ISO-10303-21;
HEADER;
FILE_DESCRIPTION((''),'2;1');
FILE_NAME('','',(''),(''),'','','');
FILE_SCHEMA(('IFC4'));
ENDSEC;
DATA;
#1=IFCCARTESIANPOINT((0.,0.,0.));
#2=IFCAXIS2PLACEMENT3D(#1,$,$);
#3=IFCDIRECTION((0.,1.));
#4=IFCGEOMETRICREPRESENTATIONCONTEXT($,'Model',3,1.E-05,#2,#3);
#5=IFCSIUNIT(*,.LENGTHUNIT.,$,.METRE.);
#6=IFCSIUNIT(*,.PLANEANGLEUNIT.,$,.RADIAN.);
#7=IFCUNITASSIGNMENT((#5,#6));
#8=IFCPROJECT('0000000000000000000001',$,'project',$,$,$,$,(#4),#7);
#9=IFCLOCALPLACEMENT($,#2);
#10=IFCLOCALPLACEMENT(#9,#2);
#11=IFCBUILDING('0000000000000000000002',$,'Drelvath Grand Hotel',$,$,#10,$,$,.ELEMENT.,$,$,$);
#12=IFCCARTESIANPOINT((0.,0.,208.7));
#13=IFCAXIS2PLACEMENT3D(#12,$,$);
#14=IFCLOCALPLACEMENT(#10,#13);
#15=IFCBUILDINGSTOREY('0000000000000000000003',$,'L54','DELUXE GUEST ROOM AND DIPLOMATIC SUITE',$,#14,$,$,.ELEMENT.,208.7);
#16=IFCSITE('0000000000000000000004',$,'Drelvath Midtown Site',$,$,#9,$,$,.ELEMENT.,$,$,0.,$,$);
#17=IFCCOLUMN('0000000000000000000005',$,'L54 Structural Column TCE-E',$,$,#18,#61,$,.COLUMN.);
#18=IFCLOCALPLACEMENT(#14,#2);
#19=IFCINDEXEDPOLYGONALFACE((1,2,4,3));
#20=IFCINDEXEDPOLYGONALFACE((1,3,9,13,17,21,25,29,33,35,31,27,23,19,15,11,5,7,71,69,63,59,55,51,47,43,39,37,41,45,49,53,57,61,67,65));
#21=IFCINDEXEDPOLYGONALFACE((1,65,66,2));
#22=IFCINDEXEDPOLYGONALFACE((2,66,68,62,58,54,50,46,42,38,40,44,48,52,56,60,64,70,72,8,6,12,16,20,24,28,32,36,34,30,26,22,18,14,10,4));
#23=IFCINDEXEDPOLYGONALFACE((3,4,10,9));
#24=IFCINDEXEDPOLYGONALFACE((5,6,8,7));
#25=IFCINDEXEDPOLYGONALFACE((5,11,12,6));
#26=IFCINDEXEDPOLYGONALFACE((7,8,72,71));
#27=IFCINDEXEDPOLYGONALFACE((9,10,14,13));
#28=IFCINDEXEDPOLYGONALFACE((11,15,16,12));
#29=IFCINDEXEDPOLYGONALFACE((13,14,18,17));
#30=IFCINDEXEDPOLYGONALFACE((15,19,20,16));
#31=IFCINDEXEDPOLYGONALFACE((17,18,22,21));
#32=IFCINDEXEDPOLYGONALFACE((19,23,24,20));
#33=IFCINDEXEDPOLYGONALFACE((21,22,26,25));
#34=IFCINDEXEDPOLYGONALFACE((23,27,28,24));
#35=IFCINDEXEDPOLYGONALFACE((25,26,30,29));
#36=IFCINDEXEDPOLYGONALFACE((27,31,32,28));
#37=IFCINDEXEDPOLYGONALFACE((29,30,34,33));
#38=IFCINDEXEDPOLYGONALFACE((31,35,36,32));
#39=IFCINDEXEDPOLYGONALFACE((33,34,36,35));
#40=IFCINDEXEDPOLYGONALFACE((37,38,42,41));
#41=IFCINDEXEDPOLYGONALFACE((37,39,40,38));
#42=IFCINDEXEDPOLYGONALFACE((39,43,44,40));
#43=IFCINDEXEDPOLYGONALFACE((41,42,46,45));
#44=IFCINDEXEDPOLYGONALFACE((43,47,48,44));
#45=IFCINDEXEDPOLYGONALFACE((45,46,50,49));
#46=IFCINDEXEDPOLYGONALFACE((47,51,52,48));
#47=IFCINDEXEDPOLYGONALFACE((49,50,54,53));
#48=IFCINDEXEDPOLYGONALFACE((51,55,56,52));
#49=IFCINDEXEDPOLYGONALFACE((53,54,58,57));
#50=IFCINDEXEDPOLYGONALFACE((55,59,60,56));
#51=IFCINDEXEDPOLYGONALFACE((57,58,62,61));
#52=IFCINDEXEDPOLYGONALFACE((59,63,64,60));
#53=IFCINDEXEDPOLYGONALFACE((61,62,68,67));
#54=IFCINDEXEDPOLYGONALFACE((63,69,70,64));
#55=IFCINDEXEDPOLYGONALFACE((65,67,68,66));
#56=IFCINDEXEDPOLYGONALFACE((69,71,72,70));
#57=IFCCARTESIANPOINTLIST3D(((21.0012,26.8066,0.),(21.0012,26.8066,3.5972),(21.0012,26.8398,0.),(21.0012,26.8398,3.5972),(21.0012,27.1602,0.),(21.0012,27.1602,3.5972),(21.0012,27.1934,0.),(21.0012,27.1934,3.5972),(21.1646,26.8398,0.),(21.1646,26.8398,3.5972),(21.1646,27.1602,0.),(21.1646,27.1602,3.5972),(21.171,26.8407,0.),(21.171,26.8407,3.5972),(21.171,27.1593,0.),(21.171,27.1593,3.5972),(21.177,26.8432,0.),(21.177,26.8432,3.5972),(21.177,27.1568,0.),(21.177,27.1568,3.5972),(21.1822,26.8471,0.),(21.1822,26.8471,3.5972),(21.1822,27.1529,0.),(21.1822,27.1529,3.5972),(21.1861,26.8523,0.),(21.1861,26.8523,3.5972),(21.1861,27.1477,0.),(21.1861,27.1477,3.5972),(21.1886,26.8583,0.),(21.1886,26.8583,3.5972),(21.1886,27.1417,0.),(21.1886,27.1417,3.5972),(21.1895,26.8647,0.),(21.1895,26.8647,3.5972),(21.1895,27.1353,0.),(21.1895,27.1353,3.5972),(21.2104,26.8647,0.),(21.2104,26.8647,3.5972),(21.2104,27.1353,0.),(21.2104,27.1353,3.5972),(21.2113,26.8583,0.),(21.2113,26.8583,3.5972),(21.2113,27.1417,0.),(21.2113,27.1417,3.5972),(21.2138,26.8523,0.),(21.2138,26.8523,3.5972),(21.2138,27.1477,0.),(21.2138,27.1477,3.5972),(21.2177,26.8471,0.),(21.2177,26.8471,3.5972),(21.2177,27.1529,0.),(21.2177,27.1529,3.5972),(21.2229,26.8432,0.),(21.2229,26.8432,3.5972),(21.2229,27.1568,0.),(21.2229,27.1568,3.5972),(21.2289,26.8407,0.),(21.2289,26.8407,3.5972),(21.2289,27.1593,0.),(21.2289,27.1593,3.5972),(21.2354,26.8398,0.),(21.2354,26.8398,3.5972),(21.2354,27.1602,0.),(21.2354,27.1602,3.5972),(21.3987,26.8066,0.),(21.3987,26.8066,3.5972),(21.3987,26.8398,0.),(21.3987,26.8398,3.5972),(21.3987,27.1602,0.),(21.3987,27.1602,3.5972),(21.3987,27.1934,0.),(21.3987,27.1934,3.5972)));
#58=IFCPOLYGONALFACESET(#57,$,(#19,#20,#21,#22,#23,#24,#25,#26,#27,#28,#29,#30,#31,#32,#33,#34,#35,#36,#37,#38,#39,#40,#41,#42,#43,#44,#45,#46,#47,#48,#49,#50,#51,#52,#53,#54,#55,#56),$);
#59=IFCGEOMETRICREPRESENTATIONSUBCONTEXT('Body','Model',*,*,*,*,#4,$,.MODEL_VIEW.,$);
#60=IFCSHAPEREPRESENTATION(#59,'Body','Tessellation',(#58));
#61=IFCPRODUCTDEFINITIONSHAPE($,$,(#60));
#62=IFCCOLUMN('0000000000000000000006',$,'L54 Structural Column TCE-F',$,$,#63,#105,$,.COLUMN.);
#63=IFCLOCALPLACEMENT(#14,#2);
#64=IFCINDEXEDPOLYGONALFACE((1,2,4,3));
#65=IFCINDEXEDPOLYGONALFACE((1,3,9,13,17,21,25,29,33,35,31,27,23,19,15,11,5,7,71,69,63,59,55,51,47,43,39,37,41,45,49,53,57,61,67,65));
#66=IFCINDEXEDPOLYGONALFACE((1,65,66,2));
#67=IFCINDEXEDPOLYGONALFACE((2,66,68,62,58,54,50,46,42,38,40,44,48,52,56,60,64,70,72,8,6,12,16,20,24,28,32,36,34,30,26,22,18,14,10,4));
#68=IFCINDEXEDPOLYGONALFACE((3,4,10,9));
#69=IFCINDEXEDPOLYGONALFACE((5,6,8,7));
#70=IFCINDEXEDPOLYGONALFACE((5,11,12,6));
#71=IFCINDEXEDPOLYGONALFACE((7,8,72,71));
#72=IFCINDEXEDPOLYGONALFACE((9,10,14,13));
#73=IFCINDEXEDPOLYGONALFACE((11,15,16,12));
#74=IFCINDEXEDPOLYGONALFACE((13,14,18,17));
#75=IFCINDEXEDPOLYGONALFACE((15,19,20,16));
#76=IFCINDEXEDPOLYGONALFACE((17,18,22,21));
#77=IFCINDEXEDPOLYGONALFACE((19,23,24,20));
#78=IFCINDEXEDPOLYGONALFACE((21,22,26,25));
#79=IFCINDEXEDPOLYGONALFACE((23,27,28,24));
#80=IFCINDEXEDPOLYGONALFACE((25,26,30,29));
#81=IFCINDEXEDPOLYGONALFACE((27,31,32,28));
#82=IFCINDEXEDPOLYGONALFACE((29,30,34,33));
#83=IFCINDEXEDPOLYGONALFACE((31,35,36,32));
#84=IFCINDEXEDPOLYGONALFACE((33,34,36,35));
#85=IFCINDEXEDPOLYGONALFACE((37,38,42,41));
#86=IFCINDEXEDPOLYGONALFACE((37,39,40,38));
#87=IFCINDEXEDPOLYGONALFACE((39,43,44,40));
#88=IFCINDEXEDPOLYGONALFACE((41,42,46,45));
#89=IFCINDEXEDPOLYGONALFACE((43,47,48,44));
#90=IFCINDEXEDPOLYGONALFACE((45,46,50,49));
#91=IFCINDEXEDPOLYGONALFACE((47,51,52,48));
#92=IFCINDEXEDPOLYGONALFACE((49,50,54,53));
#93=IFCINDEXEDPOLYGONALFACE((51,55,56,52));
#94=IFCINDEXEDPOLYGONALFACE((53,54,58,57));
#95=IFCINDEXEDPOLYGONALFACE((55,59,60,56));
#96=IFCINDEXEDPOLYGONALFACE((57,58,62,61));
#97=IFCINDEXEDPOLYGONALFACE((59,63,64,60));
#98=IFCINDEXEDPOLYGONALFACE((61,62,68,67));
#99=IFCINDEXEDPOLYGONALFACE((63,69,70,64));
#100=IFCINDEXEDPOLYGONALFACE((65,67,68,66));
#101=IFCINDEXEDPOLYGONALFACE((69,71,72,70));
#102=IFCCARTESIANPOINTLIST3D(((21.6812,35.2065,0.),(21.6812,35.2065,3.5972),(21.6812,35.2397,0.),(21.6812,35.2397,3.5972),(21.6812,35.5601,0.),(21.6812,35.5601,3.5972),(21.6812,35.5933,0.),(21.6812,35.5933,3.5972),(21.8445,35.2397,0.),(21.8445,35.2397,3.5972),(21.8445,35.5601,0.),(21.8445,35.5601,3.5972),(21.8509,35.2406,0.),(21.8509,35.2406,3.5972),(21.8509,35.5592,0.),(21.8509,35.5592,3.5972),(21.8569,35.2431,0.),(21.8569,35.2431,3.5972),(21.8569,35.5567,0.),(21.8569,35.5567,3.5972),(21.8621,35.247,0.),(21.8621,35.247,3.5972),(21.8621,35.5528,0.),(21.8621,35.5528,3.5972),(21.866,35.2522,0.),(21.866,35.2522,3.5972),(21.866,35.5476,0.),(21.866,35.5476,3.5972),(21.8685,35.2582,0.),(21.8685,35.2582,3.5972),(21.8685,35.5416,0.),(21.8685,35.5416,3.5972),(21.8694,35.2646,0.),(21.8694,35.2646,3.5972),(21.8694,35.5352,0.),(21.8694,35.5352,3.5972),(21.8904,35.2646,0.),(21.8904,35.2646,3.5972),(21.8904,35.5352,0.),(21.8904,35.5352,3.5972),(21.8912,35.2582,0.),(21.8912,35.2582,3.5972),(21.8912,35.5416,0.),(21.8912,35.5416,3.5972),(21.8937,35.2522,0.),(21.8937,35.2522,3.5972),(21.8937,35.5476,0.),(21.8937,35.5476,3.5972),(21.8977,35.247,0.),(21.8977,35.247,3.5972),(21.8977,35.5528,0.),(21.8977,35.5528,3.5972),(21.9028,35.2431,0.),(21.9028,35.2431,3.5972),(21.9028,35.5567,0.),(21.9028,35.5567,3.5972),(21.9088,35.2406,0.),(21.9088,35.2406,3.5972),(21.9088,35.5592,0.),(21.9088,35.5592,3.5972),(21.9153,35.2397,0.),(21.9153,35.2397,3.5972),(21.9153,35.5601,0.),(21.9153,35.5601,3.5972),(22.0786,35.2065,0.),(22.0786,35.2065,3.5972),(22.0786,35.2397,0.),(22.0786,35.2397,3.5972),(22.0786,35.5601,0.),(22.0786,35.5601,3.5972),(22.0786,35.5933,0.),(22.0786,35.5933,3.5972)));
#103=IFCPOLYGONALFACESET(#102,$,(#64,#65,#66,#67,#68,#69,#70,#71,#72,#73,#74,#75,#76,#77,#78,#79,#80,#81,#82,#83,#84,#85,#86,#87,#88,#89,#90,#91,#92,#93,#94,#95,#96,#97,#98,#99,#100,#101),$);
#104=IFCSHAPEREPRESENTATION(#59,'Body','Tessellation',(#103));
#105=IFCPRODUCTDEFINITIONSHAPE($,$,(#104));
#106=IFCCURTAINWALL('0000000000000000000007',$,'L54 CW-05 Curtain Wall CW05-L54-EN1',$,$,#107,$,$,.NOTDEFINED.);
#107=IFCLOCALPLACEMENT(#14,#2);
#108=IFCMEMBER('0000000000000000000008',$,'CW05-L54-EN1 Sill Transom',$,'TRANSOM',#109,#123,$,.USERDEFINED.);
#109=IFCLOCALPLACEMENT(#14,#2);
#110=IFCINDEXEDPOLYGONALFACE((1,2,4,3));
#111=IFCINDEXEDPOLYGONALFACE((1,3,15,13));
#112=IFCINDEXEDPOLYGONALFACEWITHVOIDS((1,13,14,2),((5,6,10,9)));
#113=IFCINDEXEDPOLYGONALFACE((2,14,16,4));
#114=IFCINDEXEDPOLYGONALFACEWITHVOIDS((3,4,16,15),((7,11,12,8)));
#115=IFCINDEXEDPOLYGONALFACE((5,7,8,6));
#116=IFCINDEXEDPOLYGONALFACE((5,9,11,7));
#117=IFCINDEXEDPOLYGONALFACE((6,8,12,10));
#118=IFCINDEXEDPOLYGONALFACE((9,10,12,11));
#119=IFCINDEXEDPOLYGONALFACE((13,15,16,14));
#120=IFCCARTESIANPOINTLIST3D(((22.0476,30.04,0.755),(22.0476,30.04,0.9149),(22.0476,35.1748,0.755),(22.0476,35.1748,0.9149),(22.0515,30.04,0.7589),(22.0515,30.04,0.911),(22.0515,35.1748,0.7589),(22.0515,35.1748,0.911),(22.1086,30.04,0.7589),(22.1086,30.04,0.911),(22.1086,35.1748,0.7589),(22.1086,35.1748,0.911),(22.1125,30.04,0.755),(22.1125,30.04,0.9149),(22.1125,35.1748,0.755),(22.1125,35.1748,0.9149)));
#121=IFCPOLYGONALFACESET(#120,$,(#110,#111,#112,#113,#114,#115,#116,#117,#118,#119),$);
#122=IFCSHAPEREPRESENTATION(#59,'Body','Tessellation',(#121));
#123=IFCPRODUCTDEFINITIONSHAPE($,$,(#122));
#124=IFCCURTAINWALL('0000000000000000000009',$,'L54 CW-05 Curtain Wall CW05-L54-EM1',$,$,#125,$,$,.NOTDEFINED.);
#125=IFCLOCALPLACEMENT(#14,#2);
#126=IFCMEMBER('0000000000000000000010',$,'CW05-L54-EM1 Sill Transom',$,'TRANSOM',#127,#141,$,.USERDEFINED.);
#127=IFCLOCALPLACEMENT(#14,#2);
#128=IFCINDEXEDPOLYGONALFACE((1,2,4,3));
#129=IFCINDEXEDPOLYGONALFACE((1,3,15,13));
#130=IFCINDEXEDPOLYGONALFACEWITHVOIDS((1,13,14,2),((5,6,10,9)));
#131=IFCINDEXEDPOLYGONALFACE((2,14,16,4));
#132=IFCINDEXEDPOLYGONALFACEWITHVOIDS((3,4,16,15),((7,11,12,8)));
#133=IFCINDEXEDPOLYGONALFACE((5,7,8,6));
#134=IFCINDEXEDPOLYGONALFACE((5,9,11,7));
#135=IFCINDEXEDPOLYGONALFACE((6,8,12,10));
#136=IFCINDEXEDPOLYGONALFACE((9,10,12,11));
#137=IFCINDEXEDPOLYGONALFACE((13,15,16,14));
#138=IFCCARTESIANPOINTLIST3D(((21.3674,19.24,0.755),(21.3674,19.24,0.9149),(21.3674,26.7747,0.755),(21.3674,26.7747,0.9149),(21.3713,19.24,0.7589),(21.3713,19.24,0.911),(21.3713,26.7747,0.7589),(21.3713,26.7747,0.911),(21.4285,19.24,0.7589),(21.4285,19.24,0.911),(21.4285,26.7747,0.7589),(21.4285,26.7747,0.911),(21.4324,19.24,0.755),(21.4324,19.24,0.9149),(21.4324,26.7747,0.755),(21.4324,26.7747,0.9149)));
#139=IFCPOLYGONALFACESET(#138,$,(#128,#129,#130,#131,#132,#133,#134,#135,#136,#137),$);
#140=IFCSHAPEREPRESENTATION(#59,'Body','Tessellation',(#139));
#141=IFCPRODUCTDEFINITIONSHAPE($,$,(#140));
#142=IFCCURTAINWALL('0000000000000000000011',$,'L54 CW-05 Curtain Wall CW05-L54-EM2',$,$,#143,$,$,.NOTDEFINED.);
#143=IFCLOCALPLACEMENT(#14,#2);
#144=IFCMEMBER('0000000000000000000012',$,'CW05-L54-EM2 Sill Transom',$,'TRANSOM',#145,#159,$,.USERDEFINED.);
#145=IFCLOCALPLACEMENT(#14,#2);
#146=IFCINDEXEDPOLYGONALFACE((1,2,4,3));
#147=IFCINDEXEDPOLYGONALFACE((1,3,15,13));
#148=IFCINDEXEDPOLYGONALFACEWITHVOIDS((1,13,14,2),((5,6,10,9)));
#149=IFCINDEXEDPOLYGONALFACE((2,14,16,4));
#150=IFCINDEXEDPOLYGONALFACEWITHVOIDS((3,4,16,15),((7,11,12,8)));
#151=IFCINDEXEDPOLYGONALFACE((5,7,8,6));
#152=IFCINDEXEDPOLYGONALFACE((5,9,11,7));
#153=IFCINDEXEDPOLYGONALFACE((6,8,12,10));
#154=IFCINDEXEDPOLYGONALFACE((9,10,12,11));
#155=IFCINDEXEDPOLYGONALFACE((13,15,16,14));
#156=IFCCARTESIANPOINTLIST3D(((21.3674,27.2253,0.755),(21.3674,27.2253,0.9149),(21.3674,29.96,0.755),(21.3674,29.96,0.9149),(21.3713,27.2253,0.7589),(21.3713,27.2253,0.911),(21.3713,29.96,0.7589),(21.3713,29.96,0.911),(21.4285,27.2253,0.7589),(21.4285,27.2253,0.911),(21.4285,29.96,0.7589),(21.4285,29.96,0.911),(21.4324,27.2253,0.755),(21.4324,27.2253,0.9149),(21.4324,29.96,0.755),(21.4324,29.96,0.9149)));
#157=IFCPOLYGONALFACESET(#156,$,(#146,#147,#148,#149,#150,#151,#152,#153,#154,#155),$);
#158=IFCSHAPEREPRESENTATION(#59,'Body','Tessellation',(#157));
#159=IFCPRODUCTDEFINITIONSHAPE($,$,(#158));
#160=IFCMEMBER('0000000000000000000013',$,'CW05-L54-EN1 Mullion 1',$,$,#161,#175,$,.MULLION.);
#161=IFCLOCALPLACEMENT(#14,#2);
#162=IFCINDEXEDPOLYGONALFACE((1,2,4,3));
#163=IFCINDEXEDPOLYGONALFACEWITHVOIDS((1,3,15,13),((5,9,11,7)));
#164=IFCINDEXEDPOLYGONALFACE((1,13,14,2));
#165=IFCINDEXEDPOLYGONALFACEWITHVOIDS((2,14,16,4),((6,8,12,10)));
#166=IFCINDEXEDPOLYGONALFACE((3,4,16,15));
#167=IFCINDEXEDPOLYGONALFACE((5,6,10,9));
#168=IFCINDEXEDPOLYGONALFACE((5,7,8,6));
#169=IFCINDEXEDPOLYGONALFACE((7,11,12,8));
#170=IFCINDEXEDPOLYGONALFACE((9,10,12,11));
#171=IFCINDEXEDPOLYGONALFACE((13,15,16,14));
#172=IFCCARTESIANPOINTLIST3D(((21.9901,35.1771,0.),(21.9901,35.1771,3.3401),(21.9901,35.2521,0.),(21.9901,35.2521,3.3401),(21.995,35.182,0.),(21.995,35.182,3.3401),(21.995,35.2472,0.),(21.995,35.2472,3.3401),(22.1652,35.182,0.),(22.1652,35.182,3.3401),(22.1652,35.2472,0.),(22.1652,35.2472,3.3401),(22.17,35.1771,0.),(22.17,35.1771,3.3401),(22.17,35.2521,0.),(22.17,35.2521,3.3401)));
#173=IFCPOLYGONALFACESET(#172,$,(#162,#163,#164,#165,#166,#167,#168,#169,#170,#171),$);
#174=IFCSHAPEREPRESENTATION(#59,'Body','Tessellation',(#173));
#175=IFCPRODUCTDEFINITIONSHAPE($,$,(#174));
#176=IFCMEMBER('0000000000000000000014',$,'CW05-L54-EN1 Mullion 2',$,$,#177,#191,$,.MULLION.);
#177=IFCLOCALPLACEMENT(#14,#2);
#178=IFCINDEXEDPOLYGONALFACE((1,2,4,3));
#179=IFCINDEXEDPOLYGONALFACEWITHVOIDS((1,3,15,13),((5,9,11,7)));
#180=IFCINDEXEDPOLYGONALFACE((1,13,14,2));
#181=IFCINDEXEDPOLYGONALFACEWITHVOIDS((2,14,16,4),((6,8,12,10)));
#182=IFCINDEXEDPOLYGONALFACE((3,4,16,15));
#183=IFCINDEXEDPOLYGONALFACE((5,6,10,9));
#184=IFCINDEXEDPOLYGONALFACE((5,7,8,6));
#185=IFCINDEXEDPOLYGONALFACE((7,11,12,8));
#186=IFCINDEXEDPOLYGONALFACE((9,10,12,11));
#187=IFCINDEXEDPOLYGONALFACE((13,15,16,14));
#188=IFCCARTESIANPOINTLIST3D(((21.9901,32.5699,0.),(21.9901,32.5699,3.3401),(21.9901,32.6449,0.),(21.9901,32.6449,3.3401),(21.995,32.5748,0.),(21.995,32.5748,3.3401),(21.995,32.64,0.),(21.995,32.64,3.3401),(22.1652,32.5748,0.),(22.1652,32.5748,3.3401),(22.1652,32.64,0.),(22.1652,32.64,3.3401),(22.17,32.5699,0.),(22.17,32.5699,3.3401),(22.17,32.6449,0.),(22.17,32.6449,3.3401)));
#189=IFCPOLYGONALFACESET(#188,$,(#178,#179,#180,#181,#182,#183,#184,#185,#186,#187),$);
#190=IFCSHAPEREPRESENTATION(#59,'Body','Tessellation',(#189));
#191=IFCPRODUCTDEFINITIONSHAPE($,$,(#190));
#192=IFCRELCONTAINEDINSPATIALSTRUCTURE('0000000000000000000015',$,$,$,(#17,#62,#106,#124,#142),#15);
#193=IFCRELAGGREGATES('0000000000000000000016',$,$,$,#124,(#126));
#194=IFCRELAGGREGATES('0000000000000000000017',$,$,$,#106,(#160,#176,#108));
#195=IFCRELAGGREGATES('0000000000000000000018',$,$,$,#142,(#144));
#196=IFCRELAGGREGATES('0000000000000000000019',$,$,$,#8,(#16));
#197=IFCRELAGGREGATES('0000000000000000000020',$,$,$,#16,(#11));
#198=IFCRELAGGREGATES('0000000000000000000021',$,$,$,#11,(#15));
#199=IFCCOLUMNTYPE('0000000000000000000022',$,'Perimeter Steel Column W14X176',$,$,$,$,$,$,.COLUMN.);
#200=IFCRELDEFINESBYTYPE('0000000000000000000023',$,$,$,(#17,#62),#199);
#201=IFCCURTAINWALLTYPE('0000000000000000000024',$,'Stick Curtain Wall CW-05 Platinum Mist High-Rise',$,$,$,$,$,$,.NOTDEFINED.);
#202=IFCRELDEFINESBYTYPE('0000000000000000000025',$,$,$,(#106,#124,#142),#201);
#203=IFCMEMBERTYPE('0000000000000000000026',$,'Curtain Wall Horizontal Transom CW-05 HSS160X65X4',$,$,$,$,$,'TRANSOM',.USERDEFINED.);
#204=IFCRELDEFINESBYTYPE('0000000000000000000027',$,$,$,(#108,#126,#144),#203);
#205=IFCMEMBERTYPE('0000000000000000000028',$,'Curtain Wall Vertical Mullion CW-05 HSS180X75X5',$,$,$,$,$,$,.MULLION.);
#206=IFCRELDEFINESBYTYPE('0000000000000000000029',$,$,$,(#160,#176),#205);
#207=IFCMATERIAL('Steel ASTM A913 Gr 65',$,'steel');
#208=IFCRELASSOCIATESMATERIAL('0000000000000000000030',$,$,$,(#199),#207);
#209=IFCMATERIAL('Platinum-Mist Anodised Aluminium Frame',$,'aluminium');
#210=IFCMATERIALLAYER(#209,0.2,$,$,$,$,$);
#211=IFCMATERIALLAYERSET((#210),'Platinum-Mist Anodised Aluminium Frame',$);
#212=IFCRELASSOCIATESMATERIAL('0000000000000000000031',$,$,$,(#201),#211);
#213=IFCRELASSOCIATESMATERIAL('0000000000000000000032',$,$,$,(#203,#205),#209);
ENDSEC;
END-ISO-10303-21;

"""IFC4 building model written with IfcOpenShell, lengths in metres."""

from ifc_helpers import new_model, si_unit, direction, frame, origin, origin_2d, place, context, subcontext, project, spatial, hollow_rectangle, i_section, extrude, material, layer, layer_set, material_profile, profile_set, type_object, element, aggregate, save


model = new_model("IFC4")

# Units and contexts
model_context = context("Model", 3, precision=1e-05, world=origin(), true_north=direction((0.0, 1.0)))
body_context = subcontext(model_context, "Body", "Model", "MODEL_VIEW")
ifc_project = project(units=[si_unit("LENGTHUNIT", "METRE"), si_unit("PLANEANGLEUNIT", "RADIAN")], contexts=[model_context])

# Site, building, storey
site_placement = place(None, origin())
site = spatial("IfcSite", under=ifc_project, at=site_placement, Name="Drelvath Midtown Site", CompositionType="ELEMENT", RefElevation=0.0)
building_placement = place(site_placement, origin())
building = spatial("IfcBuilding", under=site, at=building_placement, Name="Drelvath Grand Hotel", CompositionType="ELEMENT")
storey_placement = place(building_placement, frame((0.0, 0.0, 208.7)))
storey = spatial("IfcBuildingStorey", under=building, at=storey_placement, Name="L54", Description="DELUXE GUEST ROOM AND DIPLOMATIC SUITE", CompositionType="ELEMENT", Elevation=208.7)

# Columns
ifc_material_1 = material(Name="Steel ASTM A913 Gr 65", Category="steel")
ifc_material_profile_1 = material_profile(ifc_material_1, i_section(OverallWidth=0.3975, OverallDepth=0.3867, WebThickness=0.021, FlangeThickness=0.0332, FilletRadius=0.0249, at=origin_2d()), Name="W14X176")
ifc_profile_set_1 = profile_set([ifc_material_profile_1], Name="Steel ASTM A913 Gr 65")
column_type = type_object("IfcColumnType", Name="Perimeter Steel Column W14X176", PredefinedType="COLUMN", material=ifc_profile_set_1)
for number, where, z_axis, x_axis, name in (
    (1, (21.2, 27.0, 0.0), (0.0, 0.0, 1.0), (1.0, 0.0, 0.0), "L54 Structural Column TCE-E"),
    (2, (21.8799, 35.3999, 0.0), (0.0, 0.0, 1.0), (1.0, 0.0, 0.0), "L54 Structural Column TCE-F"),
):
    element("IfcColumn", number, at=place(storey_placement, frame(where, z_axis=z_axis, x_axis=x_axis)), inside=storey, type_object=column_type, Name=name, PredefinedType="COLUMN", context=body_context, shape_type="SweptSolid", body=[
        extrude(i_section(OverallWidth=0.3975, OverallDepth=0.3867, WebThickness=0.021, FlangeThickness=0.0332, FilletRadius=0.0249, at=origin_2d()), origin(), (0.0, 0.0, 1.0), 3.5972),
    ])

# Curtain walls, members
ifc_material_2 = material(Name="Platinum-Mist Anodised Aluminium Frame", Category="aluminium")
ifc_layer_1 = layer(ifc_material_2, 0.2)
ifc_layer_set_1 = layer_set([ifc_layer_1], Name="Platinum-Mist Anodised Aluminium Frame")
curtain_wall_type = type_object("IfcCurtainWallType", Name="Stick Curtain Wall CW-05 Platinum Mist High-Rise", PredefinedType="NOTDEFINED", material=ifc_layer_set_1)
curtain_wall_1_placement = place(storey_placement, origin())
curtain_wall_1 = element("IfcCurtainWall", 3, at=curtain_wall_1_placement, inside=storey, type_object=curtain_wall_type, Name="L54 CW-05 Curtain Wall CW05-L54-EN1", PredefinedType="NOTDEFINED")
ifc_material_profile_2 = material_profile(ifc_material_2, hollow_rectangle(XDim=0.0649, YDim=0.1599, WallThickness=0.0039, at=origin_2d()), Name="HSS160X65X4")
ifc_profile_set_2 = profile_set([ifc_material_profile_2], Name="Platinum-Mist Anodised Aluminium Frame")
member_type_1 = type_object("IfcMemberType", Name="Curtain Wall Horizontal Transom CW-05 HSS160X65X4", ElementType="TRANSOM", PredefinedType="USERDEFINED", material=ifc_profile_set_2)
member_1_placement = place(storey_placement, frame((22.0801, 35.1748, 0.835), z_axis=(0.0, -1.0, 0.0), x_axis=(1.0, 0.0, 0.0)))
member_1 = element("IfcMember", 4, at=member_1_placement, type_object=member_type_1, Name="CW05-L54-EN1 Sill Transom", ObjectType="TRANSOM", PredefinedType="USERDEFINED", context=body_context, shape_type="SweptSolid", body=[
    extrude(hollow_rectangle(XDim=0.0649, YDim=0.1599, WallThickness=0.0039, at=origin_2d()), origin(), (0.0, 0.0, 1.0), 5.1348),
])
curtain_wall_2_placement = place(storey_placement, origin())
curtain_wall_2 = element("IfcCurtainWall", 5, at=curtain_wall_2_placement, inside=storey, type_object=curtain_wall_type, Name="L54 CW-05 Curtain Wall CW05-L54-EM1", PredefinedType="NOTDEFINED")
member_2_placement = place(storey_placement, frame((21.3999, 26.7747, 0.835), z_axis=(0.0, -1.0, 0.0), x_axis=(1.0, 0.0, 0.0)))
member_2 = element("IfcMember", 6, at=member_2_placement, type_object=member_type_1, Name="CW05-L54-EM1 Sill Transom", ObjectType="TRANSOM", PredefinedType="USERDEFINED", context=body_context, shape_type="SweptSolid", body=[
    extrude(hollow_rectangle(XDim=0.0649, YDim=0.1599, WallThickness=0.0039, at=origin_2d()), origin(), (0.0, 0.0, 1.0), 7.5347),
])
curtain_wall_3_placement = place(storey_placement, origin())
curtain_wall_3 = element("IfcCurtainWall", 7, at=curtain_wall_3_placement, inside=storey, type_object=curtain_wall_type, Name="L54 CW-05 Curtain Wall CW05-L54-EM2", PredefinedType="NOTDEFINED")
member_3_placement = place(storey_placement, frame((21.3999, 29.96, 0.835), z_axis=(0.0, -1.0, 0.0), x_axis=(1.0, 0.0, 0.0)))
member_3 = element("IfcMember", 8, at=member_3_placement, type_object=member_type_1, Name="CW05-L54-EM2 Sill Transom", ObjectType="TRANSOM", PredefinedType="USERDEFINED", context=body_context, shape_type="SweptSolid", body=[
    extrude(hollow_rectangle(XDim=0.0649, YDim=0.1599, WallThickness=0.0039, at=origin_2d()), origin(), (0.0, 0.0, 1.0), 2.7346),
])

# Members
ifc_material_profile_3 = material_profile(ifc_material_2, hollow_rectangle(XDim=0.075, YDim=0.1799, WallThickness=0.0049, at=origin_2d()), Name="HSS180X75X5")
ifc_profile_set_3 = profile_set([ifc_material_profile_3], Name="Platinum-Mist Anodised Aluminium Frame")
member_type_2 = type_object("IfcMemberType", Name="Curtain Wall Vertical Mullion CW-05 HSS180X75X5", PredefinedType="MULLION", material=ifc_profile_set_3)
member_4_placement = place(storey_placement, frame((22.0801, 35.2146, 0.0), z_axis=(0.0, 0.0, 1.0), x_axis=(0.0, 1.0, 0.0)))
member_4 = element("IfcMember", 9, at=member_4_placement, type_object=member_type_2, Name="CW05-L54-EN1 Mullion 1", PredefinedType="MULLION", context=body_context, shape_type="SweptSolid", body=[
    extrude(hollow_rectangle(XDim=0.075, YDim=0.1799, WallThickness=0.0049, at=origin_2d()), origin(), (0.0, 0.0, 1.0), 3.3401),
])
member_5_placement = place(storey_placement, frame((22.0801, 32.6074, 0.0), z_axis=(0.0, 0.0, 1.0), x_axis=(0.0, 1.0, 0.0)))
member_5 = element("IfcMember", 10, at=member_5_placement, type_object=member_type_2, Name="CW05-L54-EN1 Mullion 2", PredefinedType="MULLION", context=body_context, shape_type="SweptSolid", body=[
    extrude(hollow_rectangle(XDim=0.075, YDim=0.1799, WallThickness=0.0049, at=origin_2d()), origin(), (0.0, 0.0, 1.0), 3.3401),
])
aggregate(curtain_wall_2, [member_2])

aggregate(curtain_wall_1, [member_4, member_5, member_1])
aggregate(curtain_wall_3, [member_3])

save(model, "model.ifc")
